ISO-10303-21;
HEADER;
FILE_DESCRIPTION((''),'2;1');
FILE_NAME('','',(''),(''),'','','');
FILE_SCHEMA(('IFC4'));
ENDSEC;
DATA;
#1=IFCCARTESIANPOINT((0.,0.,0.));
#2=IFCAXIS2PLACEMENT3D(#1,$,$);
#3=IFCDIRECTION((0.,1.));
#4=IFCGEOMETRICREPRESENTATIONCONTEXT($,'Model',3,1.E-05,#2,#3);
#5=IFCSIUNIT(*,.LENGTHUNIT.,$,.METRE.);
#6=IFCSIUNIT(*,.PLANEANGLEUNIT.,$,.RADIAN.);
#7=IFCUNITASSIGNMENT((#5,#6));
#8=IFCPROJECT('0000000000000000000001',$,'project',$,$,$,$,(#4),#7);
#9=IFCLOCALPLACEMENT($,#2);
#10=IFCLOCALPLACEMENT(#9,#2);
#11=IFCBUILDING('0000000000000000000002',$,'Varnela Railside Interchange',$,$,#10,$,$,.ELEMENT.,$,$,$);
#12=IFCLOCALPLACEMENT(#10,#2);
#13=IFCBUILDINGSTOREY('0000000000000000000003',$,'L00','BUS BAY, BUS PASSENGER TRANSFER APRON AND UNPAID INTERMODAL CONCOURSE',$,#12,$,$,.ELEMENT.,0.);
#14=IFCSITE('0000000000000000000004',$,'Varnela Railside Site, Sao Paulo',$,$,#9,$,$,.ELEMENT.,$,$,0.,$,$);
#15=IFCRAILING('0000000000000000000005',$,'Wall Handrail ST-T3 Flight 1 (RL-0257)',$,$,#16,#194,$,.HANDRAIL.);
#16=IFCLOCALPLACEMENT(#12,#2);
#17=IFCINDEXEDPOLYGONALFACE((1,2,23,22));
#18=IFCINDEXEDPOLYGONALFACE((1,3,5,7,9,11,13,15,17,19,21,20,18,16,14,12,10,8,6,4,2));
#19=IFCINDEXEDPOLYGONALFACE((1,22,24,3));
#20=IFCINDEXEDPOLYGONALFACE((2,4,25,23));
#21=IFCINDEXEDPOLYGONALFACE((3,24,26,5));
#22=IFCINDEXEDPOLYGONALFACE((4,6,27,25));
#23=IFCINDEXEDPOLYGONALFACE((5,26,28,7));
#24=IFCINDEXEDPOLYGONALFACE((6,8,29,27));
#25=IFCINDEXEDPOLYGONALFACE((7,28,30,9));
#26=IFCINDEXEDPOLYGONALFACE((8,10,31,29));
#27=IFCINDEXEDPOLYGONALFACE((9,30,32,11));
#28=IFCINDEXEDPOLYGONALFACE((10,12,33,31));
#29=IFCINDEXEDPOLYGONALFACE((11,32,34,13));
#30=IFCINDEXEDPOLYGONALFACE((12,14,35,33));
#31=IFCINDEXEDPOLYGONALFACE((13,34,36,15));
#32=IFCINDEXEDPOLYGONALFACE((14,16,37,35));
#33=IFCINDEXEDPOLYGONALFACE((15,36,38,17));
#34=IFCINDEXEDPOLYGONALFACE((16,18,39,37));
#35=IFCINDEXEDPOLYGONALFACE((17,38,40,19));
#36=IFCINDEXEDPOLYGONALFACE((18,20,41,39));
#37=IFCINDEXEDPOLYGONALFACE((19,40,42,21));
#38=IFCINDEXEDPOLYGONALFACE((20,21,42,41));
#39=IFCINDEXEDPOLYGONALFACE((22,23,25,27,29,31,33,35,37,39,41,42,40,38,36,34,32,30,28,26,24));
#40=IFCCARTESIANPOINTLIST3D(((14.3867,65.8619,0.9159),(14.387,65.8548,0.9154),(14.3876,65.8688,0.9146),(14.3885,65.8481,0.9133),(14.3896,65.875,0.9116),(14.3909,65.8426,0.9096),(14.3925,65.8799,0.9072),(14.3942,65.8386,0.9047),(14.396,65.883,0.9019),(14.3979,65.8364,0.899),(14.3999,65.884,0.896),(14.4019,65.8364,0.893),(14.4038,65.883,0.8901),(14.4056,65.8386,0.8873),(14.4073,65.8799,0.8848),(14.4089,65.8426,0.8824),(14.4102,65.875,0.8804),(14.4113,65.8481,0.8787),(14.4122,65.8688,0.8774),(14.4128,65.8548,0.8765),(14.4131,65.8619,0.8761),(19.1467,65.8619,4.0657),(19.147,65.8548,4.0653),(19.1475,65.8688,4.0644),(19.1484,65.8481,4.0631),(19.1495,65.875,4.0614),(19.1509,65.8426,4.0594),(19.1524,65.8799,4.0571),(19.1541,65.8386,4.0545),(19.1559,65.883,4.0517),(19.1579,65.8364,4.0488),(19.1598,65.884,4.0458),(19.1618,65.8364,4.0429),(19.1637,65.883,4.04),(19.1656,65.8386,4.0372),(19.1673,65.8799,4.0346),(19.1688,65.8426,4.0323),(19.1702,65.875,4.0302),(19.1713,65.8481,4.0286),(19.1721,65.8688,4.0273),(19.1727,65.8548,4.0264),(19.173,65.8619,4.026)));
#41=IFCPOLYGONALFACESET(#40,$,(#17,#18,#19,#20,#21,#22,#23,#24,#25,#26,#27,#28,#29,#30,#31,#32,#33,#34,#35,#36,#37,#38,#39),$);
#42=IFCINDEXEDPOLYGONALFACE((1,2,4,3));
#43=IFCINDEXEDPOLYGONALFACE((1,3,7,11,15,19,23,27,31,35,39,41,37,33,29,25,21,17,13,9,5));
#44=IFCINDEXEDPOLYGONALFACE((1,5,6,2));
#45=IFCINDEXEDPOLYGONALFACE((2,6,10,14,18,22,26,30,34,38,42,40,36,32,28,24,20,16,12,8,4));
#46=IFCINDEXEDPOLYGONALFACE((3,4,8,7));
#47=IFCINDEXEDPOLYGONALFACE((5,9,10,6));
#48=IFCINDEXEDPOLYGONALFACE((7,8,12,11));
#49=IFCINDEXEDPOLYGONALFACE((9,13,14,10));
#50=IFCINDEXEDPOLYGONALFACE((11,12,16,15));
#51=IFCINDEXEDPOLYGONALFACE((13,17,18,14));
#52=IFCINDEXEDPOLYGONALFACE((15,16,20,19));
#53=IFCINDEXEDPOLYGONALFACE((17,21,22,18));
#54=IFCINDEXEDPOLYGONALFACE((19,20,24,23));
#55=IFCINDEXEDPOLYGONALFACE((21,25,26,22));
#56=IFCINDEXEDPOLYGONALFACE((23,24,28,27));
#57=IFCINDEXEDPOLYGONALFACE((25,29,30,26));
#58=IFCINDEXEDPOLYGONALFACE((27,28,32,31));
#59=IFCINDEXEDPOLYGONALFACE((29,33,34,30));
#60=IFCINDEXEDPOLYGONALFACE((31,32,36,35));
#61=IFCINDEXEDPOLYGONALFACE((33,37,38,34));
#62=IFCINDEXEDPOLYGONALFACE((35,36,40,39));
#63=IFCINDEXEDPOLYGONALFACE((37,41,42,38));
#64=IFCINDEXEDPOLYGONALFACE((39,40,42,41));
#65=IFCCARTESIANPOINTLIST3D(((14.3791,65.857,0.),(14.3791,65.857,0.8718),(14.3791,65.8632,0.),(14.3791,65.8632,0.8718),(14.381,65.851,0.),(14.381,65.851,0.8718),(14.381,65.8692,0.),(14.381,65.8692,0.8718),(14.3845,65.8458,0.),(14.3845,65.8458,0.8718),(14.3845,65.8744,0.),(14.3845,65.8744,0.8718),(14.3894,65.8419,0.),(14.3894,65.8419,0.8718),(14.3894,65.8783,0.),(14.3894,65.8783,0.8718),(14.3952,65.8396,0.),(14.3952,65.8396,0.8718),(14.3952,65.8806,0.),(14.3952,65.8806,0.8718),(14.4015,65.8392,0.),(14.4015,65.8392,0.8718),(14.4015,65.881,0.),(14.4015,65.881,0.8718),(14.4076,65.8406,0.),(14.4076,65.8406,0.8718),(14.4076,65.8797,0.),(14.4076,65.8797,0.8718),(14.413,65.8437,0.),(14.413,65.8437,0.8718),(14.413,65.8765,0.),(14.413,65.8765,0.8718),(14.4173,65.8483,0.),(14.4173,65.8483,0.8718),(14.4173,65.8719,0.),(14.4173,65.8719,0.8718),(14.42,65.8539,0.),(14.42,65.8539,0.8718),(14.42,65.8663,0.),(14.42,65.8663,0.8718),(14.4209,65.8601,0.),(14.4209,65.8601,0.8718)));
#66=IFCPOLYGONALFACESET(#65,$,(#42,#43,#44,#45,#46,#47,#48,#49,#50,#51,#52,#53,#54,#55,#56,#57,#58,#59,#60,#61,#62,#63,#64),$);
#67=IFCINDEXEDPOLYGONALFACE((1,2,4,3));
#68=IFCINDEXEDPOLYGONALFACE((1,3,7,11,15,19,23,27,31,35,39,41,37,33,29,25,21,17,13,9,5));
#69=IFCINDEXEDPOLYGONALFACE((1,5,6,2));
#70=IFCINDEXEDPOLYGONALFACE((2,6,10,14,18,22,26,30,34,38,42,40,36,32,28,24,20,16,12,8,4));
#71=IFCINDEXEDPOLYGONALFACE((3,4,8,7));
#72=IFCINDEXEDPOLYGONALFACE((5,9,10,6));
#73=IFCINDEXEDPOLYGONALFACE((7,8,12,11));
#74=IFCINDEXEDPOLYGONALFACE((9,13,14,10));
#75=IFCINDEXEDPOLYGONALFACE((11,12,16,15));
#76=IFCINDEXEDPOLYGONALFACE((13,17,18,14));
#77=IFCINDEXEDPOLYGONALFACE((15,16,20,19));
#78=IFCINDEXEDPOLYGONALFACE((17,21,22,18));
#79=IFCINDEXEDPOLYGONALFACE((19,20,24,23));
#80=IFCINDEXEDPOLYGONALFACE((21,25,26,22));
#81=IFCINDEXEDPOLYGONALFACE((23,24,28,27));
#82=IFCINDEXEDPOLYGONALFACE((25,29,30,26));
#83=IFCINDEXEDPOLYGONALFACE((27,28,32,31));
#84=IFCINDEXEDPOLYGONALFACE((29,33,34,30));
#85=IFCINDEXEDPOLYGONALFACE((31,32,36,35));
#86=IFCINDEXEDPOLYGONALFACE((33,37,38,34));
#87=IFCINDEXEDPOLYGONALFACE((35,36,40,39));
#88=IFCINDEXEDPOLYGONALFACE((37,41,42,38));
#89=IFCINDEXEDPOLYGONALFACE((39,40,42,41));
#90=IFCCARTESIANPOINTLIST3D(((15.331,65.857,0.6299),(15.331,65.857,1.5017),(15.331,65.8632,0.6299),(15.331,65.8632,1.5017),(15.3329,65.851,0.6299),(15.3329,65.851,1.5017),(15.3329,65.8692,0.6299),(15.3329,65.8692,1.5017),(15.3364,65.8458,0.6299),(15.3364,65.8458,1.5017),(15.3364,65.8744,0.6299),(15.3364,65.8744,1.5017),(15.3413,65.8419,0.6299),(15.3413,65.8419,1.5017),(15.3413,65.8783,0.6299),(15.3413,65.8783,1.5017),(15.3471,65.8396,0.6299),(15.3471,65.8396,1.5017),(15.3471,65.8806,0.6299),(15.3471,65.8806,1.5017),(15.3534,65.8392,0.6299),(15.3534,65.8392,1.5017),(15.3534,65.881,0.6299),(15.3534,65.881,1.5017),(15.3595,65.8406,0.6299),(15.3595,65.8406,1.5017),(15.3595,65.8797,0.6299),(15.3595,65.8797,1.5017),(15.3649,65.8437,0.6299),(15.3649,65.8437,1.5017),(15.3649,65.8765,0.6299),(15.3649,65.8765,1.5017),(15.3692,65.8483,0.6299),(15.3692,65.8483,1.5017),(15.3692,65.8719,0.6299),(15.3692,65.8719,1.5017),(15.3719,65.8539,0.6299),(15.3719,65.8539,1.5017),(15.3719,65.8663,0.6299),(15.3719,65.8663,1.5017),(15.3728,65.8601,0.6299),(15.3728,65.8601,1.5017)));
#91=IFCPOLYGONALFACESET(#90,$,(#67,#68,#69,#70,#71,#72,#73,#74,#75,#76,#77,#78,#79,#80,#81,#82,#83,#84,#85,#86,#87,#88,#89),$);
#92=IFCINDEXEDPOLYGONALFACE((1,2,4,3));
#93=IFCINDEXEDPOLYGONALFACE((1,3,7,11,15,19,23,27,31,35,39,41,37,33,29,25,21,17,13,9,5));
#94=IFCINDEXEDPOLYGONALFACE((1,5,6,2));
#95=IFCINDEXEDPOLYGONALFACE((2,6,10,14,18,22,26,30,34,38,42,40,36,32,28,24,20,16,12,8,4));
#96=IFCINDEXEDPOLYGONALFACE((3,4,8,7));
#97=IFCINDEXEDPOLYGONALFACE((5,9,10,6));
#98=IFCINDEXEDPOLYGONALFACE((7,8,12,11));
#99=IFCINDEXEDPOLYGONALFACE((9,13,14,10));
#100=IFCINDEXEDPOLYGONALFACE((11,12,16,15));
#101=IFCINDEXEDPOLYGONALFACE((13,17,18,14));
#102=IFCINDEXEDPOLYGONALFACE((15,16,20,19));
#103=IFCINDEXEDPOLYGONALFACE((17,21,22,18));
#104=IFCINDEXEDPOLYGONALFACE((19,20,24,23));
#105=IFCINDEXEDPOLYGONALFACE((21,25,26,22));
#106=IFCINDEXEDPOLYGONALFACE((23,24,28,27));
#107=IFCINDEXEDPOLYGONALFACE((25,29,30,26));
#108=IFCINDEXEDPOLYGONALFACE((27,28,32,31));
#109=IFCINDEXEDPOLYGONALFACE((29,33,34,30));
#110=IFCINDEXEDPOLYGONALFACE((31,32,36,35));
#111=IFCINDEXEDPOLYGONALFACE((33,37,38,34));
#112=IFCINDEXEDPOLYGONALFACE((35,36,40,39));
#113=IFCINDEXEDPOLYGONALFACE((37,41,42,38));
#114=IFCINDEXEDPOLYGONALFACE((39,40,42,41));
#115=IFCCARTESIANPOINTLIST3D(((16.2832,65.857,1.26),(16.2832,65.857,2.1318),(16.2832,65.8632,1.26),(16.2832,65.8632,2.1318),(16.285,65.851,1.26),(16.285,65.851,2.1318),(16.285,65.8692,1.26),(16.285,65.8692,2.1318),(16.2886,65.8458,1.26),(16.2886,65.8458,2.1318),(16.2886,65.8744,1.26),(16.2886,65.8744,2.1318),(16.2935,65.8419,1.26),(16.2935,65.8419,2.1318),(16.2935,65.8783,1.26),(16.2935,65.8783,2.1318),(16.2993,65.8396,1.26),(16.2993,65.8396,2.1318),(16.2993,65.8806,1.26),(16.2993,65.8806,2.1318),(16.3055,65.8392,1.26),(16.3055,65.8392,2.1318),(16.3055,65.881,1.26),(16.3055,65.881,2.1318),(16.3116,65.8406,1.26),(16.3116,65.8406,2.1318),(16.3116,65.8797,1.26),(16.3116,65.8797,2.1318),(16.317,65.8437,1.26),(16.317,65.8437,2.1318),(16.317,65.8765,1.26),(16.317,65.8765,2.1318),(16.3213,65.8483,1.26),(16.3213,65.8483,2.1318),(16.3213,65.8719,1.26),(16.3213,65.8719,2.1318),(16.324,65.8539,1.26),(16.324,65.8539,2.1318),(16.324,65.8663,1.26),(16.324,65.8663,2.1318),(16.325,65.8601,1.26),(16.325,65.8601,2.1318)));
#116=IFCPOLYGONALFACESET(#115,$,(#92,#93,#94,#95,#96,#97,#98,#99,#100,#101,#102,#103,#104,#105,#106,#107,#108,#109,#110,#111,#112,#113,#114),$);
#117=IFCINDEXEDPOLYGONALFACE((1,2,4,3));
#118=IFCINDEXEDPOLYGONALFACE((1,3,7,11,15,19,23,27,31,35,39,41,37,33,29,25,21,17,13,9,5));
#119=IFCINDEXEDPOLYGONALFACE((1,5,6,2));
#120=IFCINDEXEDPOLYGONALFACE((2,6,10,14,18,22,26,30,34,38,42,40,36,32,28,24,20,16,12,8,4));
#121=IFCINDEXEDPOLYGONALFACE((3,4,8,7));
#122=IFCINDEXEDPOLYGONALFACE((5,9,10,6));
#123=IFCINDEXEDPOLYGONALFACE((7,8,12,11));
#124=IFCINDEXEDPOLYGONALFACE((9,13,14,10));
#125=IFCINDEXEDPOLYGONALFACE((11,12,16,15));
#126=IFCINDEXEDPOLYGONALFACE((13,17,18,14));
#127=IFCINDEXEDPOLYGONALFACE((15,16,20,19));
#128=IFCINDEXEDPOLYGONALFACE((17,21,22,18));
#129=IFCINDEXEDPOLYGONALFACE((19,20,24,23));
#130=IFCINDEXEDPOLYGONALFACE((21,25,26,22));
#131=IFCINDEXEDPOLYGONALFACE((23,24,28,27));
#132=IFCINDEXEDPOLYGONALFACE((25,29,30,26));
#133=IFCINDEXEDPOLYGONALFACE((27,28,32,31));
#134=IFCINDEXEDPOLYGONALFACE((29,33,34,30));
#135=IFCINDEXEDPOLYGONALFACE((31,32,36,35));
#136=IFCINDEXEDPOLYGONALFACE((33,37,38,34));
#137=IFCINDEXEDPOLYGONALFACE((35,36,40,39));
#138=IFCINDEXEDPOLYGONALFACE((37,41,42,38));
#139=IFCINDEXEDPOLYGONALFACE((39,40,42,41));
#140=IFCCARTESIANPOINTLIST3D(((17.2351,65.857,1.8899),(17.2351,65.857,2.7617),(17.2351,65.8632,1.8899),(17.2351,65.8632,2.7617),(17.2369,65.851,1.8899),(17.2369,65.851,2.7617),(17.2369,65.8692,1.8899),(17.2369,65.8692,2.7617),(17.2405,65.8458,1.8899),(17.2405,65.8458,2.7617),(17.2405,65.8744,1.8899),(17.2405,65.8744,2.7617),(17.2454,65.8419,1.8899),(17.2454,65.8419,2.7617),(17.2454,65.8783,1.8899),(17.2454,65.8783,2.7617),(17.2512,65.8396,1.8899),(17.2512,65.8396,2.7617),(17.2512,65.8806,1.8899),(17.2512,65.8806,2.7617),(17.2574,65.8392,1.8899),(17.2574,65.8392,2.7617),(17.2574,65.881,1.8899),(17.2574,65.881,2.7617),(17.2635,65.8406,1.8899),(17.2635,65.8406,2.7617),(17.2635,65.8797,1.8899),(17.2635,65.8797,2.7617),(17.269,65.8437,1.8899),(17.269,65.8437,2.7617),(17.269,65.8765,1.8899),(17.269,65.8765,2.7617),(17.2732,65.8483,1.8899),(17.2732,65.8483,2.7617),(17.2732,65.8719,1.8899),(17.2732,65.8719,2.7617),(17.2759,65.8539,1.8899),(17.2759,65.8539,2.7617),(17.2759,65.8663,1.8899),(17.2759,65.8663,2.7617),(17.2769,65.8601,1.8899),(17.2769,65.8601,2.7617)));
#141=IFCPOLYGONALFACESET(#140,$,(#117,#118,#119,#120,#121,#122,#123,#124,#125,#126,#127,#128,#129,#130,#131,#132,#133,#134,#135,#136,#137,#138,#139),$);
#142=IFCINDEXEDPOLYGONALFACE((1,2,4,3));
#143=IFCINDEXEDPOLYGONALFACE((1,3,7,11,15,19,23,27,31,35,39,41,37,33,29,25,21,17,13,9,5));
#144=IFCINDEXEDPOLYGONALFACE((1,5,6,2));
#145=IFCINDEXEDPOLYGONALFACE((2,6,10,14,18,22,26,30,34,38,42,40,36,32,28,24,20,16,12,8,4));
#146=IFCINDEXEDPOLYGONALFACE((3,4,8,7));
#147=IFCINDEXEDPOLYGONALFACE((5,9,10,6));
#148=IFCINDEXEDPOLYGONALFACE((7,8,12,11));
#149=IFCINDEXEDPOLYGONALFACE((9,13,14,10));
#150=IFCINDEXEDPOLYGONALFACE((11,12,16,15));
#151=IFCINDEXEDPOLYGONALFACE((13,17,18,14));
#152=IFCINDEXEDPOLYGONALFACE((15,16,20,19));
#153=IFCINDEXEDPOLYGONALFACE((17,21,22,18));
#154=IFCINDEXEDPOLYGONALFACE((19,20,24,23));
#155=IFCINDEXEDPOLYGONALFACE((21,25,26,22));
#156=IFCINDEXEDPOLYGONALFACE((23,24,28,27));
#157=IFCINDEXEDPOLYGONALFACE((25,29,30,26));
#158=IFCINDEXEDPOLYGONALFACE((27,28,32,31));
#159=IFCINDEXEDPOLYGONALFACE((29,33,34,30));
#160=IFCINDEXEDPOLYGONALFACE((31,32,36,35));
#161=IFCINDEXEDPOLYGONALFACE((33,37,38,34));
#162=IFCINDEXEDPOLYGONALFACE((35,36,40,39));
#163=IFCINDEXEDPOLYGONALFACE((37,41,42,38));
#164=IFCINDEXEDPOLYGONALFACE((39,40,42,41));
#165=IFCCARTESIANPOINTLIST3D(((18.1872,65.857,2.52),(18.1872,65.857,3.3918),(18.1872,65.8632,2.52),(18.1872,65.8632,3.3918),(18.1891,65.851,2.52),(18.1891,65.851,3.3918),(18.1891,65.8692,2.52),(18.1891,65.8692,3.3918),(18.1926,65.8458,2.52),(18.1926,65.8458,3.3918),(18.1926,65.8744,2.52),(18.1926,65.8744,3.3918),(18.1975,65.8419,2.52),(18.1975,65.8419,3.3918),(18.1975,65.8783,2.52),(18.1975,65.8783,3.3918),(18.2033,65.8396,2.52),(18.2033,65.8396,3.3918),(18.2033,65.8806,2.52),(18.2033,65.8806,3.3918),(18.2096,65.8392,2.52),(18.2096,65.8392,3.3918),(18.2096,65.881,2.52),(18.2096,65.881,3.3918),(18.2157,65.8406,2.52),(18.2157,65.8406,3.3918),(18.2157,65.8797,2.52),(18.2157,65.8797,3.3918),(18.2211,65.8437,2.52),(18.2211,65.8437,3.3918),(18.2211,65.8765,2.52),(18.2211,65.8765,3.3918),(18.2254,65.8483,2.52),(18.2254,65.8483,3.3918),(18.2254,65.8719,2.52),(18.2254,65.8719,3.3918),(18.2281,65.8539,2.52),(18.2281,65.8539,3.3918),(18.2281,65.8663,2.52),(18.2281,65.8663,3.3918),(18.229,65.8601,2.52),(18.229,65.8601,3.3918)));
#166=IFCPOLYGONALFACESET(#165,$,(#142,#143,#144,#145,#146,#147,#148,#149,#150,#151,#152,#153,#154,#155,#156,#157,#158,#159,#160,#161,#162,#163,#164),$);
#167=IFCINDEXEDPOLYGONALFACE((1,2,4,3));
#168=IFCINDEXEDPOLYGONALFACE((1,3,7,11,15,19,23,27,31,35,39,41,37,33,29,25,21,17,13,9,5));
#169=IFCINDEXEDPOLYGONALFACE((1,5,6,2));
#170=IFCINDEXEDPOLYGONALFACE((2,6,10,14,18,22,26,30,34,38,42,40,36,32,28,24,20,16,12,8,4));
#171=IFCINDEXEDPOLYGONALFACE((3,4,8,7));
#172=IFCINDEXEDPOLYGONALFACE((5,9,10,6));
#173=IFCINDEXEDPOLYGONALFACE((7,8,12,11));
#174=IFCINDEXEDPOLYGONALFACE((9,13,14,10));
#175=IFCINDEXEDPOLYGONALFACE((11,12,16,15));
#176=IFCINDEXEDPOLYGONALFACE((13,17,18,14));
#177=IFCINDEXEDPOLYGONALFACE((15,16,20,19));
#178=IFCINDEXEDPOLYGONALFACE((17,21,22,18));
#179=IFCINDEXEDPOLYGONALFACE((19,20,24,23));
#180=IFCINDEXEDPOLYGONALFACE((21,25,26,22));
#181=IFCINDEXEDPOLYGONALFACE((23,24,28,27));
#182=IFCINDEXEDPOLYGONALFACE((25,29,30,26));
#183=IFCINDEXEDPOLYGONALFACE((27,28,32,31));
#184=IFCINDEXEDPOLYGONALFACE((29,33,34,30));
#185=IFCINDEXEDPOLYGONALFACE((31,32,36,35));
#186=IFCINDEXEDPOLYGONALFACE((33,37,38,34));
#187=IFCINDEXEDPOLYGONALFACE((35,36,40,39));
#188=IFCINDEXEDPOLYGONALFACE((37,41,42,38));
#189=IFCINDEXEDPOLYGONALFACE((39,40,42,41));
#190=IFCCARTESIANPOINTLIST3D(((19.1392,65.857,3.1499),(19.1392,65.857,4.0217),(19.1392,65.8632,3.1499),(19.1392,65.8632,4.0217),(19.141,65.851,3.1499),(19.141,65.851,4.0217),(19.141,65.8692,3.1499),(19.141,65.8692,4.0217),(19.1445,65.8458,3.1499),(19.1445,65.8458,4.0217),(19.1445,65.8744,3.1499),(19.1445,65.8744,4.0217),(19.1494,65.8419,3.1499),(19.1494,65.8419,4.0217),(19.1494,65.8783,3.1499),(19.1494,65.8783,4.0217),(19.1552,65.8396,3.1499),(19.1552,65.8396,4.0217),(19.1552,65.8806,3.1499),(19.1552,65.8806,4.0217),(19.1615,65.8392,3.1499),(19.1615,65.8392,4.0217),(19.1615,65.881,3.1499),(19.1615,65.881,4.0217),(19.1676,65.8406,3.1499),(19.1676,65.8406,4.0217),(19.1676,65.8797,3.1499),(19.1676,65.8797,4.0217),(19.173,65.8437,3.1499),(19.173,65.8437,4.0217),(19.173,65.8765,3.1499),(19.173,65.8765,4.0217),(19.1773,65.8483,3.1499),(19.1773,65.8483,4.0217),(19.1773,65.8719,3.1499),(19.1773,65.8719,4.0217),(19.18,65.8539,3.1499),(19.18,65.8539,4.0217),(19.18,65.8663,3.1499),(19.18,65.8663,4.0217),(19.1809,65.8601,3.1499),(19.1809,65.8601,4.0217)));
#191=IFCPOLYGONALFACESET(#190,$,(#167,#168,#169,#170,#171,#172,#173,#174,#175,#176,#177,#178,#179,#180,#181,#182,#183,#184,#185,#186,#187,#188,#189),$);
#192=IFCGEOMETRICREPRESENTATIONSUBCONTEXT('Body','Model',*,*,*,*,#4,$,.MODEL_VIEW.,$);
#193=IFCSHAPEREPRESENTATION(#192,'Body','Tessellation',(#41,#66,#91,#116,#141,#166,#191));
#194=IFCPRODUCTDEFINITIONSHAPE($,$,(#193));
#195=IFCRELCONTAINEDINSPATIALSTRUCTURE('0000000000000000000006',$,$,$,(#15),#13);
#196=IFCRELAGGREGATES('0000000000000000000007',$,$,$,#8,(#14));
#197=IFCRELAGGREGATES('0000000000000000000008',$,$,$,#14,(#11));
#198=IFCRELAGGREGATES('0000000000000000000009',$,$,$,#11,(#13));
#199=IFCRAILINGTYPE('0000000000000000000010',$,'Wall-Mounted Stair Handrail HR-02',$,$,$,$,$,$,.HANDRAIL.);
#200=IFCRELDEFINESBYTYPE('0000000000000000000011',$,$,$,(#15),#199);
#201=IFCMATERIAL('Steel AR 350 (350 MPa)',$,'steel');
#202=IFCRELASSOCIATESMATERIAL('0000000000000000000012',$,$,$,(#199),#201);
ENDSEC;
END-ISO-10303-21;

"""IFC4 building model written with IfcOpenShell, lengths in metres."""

from ifc_helpers import new_model, si_unit, direction, frame, origin, origin_2d, place, context, subcontext, project, spatial, circle, extrude, material, type_object, element, save


model = new_model("IFC4")

# Units and contexts
model_context = context("Model", 3, precision=1e-05, world=origin(), true_north=direction((0.0, 1.0)))
body_context = subcontext(model_context, "Body", "Model", "MODEL_VIEW")
ifc_project = project(units=[si_unit("LENGTHUNIT", "METRE"), si_unit("PLANEANGLEUNIT", "RADIAN")], contexts=[model_context])

# Site, building, storey
site_placement = place(None, origin())
site = spatial("IfcSite", under=ifc_project, at=site_placement, Name="Varnela Railside Site, Sao Paulo", CompositionType="ELEMENT", RefElevation=0.0)
building_placement = place(site_placement, origin())
building = spatial("IfcBuilding", under=site, at=building_placement, Name="Varnela Railside Interchange", CompositionType="ELEMENT")
storey_placement = place(building_placement, origin())
storey = spatial("IfcBuildingStorey", under=building, at=storey_placement, Name="L00", Description="BUS BAY, BUS PASSENGER TRANSFER APRON AND UNPAID INTERMODAL CONCOURSE", CompositionType="ELEMENT", Elevation=0.0)

# Shared definitions
ifc_material_1 = material(Name="Steel AR 350 (350 MPa)", Category="steel")

# Railing
railing_type_1 = type_object("IfcRailingType", Name="Wall-Mounted Stair Handrail HR-02", PredefinedType="HANDRAIL", material=ifc_material_1)
railing_1_placement = place(storey_placement, frame((14.3999, 65.8601, 0.0)))
element("IfcRailing", 1, at=railing_1_placement, inside=storey, type_object=railing_type_1, Name="Wall Handrail ST-T3 Flight 1 (RL-0257)", PredefinedType="HANDRAIL", context=body_context, shape_type="SweptSolid", body=[
    extrude(circle(Radius=0.0239, at=origin_2d()), frame((0.0, 0.0, 0.896), z_axis=(0.833941, 0.0, 0.551854), x_axis=(0.0, 1.0, 0.0)), (0.0, 0.0, 1.0), 5.7078),
    extrude(circle(Radius=0.021, at=origin_2d()), origin(), (0.0, 0.0, 1.0), 0.8718),
    extrude(circle(Radius=0.021, at=origin_2d()), frame((0.9519, 0.0, 0.6299)), (0.0, 0.0, 1.0), 0.8718),
    extrude(circle(Radius=0.021, at=origin_2d()), frame((1.9041, 0.0, 1.26)), (0.0, 0.0, 1.0), 0.8718),
    extrude(circle(Radius=0.021, at=origin_2d()), frame((2.856, 0.0, 1.8899)), (0.0, 0.0, 1.0), 0.8718),
    extrude(circle(Radius=0.021, at=origin_2d()), frame((3.8081, 0.0, 2.52)), (0.0, 0.0, 1.0), 0.8718),
    extrude(circle(Radius=0.021, at=origin_2d()), frame((4.76, 0.0, 3.1499)), (0.0, 0.0, 1.0), 0.8718),
])

save(model, "model.ifc")
